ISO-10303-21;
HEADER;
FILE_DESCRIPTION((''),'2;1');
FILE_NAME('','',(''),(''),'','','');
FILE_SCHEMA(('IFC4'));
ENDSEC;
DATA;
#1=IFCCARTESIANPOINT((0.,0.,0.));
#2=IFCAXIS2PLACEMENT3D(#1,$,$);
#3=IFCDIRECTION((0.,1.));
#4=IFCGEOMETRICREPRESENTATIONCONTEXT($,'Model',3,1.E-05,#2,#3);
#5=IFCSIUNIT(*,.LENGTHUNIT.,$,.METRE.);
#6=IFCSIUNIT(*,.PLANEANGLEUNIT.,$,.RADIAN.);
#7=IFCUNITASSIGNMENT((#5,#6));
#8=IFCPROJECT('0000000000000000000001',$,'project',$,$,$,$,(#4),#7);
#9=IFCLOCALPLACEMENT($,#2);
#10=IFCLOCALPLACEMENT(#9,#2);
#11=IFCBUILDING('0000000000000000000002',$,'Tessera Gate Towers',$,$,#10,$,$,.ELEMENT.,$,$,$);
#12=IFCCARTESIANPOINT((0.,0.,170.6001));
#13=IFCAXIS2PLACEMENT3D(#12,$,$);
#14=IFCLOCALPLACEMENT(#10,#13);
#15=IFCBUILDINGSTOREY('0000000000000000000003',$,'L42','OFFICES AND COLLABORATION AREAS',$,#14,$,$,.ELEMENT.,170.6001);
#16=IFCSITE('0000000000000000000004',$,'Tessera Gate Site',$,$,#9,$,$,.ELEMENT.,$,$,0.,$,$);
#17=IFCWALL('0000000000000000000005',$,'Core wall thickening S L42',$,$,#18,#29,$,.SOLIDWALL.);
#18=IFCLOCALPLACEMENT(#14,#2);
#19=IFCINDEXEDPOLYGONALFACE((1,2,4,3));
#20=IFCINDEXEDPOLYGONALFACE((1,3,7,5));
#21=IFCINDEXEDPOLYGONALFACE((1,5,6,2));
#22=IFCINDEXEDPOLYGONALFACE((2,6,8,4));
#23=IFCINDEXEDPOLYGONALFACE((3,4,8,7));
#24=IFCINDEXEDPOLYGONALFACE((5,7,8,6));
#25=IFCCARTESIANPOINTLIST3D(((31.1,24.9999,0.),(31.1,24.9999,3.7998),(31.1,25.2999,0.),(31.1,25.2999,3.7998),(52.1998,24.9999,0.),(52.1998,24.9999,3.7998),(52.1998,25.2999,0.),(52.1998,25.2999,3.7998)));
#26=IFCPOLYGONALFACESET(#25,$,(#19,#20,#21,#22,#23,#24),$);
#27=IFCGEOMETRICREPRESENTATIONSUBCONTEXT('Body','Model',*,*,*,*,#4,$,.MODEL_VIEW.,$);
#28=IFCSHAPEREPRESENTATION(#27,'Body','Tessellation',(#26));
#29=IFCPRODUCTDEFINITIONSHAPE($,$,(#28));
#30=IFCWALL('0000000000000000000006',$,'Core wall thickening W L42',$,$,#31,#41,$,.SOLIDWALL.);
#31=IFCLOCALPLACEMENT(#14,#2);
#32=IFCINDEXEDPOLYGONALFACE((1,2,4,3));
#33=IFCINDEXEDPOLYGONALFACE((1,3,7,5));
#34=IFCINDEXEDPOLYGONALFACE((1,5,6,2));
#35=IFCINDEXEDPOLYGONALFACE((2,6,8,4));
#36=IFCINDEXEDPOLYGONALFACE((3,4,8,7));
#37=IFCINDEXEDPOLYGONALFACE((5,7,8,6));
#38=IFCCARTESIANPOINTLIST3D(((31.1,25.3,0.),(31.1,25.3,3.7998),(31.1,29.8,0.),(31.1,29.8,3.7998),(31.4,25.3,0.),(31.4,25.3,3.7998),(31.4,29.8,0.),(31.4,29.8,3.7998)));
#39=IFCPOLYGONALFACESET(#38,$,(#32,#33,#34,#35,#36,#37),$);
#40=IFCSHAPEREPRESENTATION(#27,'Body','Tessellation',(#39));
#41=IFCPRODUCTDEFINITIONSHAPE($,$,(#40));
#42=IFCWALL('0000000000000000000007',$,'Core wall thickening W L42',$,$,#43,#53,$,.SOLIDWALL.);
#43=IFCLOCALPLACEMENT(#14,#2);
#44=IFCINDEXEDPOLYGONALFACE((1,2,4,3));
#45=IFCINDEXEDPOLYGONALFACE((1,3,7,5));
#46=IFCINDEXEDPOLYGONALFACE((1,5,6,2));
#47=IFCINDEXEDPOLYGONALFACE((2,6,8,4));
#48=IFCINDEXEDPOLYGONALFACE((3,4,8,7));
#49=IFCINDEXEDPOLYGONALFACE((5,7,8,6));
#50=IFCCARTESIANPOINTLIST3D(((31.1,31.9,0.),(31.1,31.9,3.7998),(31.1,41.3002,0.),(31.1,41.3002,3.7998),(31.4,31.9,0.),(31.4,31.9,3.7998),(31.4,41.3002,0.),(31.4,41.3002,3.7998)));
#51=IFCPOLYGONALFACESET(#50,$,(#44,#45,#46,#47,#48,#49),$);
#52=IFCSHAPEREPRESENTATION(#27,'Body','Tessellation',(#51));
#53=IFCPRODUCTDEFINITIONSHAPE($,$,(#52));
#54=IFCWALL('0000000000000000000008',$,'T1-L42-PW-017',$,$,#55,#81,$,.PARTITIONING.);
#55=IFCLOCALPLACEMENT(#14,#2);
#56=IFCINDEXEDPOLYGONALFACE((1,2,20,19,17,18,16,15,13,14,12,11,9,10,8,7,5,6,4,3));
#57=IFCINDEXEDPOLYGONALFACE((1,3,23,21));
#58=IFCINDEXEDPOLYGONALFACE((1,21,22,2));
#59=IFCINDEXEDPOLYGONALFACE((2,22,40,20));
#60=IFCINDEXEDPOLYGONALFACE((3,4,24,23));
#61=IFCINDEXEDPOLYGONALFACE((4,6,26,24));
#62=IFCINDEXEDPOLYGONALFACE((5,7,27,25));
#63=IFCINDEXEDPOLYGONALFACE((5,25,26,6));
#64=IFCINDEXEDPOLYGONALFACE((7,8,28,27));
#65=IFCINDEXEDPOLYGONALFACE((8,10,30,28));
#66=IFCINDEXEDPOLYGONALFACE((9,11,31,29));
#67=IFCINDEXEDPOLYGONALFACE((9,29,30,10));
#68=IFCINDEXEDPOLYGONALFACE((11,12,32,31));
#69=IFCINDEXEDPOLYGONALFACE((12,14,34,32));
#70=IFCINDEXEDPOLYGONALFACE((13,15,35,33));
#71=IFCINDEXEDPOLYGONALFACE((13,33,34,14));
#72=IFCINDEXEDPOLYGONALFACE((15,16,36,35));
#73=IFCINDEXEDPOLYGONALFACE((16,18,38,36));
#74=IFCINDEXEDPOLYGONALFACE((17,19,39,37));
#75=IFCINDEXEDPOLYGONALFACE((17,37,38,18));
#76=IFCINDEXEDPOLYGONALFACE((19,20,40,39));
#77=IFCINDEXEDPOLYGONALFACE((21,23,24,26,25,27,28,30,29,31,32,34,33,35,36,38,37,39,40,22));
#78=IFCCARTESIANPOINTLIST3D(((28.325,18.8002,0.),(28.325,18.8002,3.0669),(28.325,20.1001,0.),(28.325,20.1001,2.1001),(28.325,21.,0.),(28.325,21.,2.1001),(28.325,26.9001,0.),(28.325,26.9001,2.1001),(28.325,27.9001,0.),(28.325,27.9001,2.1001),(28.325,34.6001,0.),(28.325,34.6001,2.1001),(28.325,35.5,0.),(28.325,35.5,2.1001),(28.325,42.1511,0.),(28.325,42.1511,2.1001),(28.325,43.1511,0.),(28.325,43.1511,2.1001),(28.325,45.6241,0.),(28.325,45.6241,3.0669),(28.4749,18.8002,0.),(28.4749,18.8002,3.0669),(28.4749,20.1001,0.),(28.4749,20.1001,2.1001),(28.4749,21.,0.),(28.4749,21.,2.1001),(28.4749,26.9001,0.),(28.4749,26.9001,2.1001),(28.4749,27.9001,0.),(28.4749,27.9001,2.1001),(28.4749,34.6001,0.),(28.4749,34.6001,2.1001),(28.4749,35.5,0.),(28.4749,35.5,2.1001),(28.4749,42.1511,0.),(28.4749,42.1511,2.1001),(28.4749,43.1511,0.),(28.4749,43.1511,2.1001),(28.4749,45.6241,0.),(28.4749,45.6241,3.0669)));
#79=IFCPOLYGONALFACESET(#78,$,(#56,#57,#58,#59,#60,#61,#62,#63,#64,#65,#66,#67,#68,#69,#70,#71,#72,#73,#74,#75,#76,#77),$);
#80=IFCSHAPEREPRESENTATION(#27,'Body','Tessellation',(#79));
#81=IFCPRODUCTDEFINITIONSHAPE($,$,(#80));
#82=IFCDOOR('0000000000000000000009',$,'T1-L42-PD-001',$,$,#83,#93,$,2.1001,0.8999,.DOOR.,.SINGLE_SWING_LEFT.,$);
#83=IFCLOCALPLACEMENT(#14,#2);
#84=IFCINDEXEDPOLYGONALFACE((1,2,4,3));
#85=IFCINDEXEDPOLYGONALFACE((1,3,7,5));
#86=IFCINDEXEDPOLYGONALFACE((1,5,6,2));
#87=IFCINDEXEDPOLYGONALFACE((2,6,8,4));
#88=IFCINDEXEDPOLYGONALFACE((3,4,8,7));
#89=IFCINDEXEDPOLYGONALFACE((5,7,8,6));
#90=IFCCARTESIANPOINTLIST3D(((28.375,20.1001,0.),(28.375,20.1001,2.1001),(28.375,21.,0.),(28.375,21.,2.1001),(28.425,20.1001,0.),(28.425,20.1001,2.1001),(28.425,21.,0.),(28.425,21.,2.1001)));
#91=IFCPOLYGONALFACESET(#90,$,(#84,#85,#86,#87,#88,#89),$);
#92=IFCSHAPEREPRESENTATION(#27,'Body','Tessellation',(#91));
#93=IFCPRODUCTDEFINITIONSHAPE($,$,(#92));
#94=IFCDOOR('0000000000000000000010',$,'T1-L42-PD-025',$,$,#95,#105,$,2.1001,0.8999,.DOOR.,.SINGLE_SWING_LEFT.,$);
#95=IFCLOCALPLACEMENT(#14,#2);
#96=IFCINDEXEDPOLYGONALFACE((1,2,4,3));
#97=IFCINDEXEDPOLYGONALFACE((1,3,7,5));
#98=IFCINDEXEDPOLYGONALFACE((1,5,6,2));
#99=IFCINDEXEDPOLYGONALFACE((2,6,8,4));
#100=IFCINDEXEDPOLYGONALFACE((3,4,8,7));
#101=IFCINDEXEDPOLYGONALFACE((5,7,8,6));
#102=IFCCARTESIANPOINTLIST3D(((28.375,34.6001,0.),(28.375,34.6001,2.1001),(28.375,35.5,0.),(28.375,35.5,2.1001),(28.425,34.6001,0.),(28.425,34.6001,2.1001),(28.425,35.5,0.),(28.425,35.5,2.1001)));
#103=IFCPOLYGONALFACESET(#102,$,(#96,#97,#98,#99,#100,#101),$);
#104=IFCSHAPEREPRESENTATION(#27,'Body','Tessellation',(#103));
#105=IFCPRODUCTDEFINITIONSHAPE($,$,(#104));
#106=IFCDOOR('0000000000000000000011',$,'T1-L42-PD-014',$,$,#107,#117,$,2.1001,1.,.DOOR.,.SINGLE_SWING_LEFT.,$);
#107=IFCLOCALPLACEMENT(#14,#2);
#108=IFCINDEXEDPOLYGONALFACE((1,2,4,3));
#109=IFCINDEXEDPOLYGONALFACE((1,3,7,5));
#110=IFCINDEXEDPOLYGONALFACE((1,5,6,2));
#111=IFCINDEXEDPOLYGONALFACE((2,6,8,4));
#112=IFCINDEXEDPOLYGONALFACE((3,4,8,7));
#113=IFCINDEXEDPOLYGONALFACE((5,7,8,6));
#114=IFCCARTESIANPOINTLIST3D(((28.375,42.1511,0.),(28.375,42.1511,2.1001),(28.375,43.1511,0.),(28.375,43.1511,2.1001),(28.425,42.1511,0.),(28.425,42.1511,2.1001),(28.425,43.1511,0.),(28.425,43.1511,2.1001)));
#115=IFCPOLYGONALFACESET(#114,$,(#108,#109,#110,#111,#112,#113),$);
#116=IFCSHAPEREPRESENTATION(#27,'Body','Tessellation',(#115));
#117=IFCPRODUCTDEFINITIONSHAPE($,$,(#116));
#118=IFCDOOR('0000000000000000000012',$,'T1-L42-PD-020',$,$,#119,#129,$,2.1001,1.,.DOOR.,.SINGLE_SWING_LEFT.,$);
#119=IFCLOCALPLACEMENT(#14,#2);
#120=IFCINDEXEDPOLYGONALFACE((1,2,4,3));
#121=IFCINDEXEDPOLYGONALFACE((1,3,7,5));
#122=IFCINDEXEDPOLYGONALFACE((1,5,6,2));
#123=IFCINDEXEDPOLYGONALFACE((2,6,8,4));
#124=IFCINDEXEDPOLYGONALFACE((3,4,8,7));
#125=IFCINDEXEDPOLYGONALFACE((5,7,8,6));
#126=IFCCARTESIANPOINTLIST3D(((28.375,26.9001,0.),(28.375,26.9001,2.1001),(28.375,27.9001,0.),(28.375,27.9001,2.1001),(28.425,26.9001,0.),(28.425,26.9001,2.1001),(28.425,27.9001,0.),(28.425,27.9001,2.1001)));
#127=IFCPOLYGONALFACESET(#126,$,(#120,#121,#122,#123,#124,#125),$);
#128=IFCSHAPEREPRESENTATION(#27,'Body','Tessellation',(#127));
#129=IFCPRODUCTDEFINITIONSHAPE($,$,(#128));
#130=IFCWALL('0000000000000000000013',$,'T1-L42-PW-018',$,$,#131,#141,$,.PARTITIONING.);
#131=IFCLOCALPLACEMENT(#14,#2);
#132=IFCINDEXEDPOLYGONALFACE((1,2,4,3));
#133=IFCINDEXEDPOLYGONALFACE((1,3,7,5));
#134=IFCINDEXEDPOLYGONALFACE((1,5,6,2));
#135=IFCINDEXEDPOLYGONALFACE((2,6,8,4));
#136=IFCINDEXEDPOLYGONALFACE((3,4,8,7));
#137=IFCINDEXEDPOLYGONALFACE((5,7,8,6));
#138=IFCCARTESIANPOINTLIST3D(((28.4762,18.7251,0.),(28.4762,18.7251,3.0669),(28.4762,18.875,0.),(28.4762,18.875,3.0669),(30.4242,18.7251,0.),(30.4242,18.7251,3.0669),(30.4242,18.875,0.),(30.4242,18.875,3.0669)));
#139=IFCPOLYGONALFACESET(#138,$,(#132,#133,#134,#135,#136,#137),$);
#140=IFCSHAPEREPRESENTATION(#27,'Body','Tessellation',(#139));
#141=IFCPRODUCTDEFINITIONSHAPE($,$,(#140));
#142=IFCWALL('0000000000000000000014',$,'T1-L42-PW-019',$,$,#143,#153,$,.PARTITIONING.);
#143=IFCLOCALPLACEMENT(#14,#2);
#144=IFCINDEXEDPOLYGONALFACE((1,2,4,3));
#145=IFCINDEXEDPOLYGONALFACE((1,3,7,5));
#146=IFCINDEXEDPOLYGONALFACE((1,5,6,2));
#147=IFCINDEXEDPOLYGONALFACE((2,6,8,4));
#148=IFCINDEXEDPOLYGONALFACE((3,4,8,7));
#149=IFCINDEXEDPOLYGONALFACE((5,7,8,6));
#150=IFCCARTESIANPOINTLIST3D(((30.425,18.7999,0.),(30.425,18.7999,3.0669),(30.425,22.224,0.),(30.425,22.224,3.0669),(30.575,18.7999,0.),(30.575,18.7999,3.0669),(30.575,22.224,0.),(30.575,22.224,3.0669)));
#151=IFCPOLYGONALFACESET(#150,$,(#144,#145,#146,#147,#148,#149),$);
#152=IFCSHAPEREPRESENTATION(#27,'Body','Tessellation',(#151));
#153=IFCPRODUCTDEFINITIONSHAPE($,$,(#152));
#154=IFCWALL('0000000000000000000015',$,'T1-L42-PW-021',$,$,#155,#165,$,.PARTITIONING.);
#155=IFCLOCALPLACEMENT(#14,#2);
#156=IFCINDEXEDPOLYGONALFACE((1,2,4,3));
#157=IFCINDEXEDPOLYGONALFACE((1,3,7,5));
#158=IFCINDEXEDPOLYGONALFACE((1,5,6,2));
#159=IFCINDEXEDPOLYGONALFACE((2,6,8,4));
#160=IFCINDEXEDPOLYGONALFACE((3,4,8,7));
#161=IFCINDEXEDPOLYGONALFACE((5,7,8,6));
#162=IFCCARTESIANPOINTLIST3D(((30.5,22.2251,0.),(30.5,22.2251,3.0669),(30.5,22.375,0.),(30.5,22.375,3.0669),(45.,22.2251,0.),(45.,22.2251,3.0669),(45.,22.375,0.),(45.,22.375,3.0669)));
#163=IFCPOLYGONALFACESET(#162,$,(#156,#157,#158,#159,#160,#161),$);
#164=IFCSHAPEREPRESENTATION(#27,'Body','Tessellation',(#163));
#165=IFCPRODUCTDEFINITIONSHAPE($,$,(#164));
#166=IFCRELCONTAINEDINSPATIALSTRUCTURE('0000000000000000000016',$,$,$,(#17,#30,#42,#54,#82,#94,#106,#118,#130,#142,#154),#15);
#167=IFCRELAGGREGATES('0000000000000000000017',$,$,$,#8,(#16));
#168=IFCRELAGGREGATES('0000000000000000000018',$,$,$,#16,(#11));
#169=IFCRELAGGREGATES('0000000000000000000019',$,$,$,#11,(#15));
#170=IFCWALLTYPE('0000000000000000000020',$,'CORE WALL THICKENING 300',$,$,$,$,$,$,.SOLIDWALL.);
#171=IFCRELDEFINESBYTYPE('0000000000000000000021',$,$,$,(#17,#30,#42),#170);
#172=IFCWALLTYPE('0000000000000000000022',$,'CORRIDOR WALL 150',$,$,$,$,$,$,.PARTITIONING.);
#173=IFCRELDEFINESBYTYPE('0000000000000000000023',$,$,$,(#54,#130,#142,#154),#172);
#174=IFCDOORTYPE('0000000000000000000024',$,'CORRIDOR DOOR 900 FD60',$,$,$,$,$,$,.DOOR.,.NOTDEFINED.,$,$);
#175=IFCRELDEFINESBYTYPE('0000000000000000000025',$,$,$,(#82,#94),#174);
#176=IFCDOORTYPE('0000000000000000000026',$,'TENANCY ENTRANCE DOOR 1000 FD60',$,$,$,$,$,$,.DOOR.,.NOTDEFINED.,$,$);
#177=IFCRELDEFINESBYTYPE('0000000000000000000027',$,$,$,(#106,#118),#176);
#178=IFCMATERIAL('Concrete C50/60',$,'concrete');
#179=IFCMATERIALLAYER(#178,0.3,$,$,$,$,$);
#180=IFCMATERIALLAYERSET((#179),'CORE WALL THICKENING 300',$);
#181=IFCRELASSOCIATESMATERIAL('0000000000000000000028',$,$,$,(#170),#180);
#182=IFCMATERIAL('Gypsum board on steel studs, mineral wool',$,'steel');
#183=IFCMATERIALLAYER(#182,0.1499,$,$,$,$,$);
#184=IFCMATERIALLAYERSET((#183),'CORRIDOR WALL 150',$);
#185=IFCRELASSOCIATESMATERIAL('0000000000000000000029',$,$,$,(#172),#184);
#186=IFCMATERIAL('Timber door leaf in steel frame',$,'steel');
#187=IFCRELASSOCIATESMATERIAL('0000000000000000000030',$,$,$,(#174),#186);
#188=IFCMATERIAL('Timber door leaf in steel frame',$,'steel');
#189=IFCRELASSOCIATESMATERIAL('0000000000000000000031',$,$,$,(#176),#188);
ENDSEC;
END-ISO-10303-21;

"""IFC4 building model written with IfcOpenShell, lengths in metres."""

from ifc_helpers import new_model, si_unit, direction, frame, frame_2d, origin, place, context, subcontext, project, spatial, rectangle, extrude, source, transform, mapped, material, layer, layer_set, type_object, element, fill, save


model = new_model("IFC4")

# Units and contexts
model_context = context("Model", 3, precision=1e-05, world=origin(), true_north=direction((0.0, 1.0)))
body_context = subcontext(model_context, "Body", "Model", "MODEL_VIEW")
ifc_project = project(units=[si_unit("LENGTHUNIT", "METRE"), si_unit("PLANEANGLEUNIT", "RADIAN")], contexts=[model_context])

# Site, building, storey
site_placement = place(None, origin())
site = spatial("IfcSite", under=ifc_project, at=site_placement, Name="Tessera Gate Site", CompositionType="ELEMENT", RefElevation=0.0)
building_placement = place(site_placement, origin())
building = spatial("IfcBuilding", under=site, at=building_placement, Name="Tessera Gate Towers", CompositionType="ELEMENT")
storey_placement = place(building_placement, frame((0.0, 0.0, 170.6001)))
storey = spatial("IfcBuildingStorey", under=building, at=storey_placement, Name="L42", Description="OFFICES AND COLLABORATION AREAS", CompositionType="ELEMENT", Elevation=170.6001)

# Shared definitions
shared_shape_1 = source(origin(), body_context, "Body", "SweptSolid", [
    extrude(rectangle(XDim=0.8999, YDim=2.1001, at=frame_2d((0.45, 1.05))), frame((0.0, 0.0249, 0.0), z_axis=(0.0, -1.0, 0.0), x_axis=(1.0, 0.0, 0.0)), (0.0, 0.0, 1.0), 0.05),
])

# Walls
ifc_material_1 = material(Name="Concrete C50/60", Category="concrete")
ifc_layer_1 = layer(ifc_material_1, 0.3)
ifc_layer_set_1 = layer_set([ifc_layer_1], Name="CORE WALL THICKENING 300")
wall_type_1 = type_object("IfcWallType", Name="CORE WALL THICKENING 300", PredefinedType="SOLIDWALL", material=ifc_layer_set_1)
wall_1_placement = place(storey_placement, frame((31.1001, 25.1499, 0.0), z_axis=(0.0, 0.0, 1.0), x_axis=(1.0, 0.0, 0.0)))
element("IfcWall", 1, at=wall_1_placement, inside=storey, type_object=wall_type_1, Name="Core wall thickening S L42", PredefinedType="SOLIDWALL", context=body_context, shape_type="SweptSolid", body=[
    extrude(rectangle(XDim=21.0999, YDim=0.3, at=frame_2d((10.5498, 0.0))), origin(), (0.0, 0.0, 1.0), 3.7998),
])
wall_2_placement = place(storey_placement, frame((31.25, 25.3, 0.0), z_axis=(0.0, 0.0, 1.0), x_axis=(0.0, 1.0, 0.0)))
element("IfcWall", 2, at=wall_2_placement, inside=storey, type_object=wall_type_1, Name="Core wall thickening W L42", PredefinedType="SOLIDWALL", context=body_context, shape_type="SweptSolid", body=[
    extrude(rectangle(XDim=4.5, YDim=0.3, at=frame_2d((2.25, 0.0))), origin(), (0.0, 0.0, 1.0), 3.7998),
])
wall_3_placement = place(storey_placement, frame((31.25, 31.8999, 0.0), z_axis=(0.0, 0.0, 1.0), x_axis=(0.0, 1.0, 0.0)))
element("IfcWall", 3, at=wall_3_placement, inside=storey, type_object=wall_type_1, Name="Core wall thickening W L42", PredefinedType="SOLIDWALL", context=body_context, shape_type="SweptSolid", body=[
    extrude(rectangle(XDim=9.4001, YDim=0.3, at=frame_2d((4.7002, 0.0))), origin(), (0.0, 0.0, 1.0), 3.7998),
])

# Wall, openings, doors
ifc_material_2 = material(Name="Gypsum board on steel studs, mineral wool", Category="steel")
ifc_layer_2 = layer(ifc_material_2, 0.1499)
ifc_layer_set_2 = layer_set([ifc_layer_2], Name="CORRIDOR WALL 150")
wall_type_2 = type_object("IfcWallType", Name="CORRIDOR WALL 150", PredefinedType="PARTITIONING", material=ifc_layer_set_2)
wall_4_placement = place(storey_placement, frame((28.3999, 18.8, 0.0), z_axis=(0.0, 0.0, 1.0), x_axis=(0.0, 1.0, 0.0)))
wall_4 = element("IfcWall", 4, at=wall_4_placement, inside=storey, type_object=wall_type_2, Name="T1-L42-PW-017", PredefinedType="PARTITIONING", context=body_context, shape_type="SweptSolid", body=[
    extrude(rectangle(XDim=26.824, YDim=0.1499, at=frame_2d((13.4121, 0.0))), origin(), (0.0, 0.0, 1.0), 3.0669),
])
shared_shape_2 = source(origin(), body_context, "Body", "SweptSolid", [
    extrude(rectangle(XDim=0.8999, YDim=2.1001, at=frame_2d((0.45, 1.05))), frame((0.0, 0.085, 0.0), z_axis=(0.0, -1.0, 0.0), x_axis=(1.0, 0.0, 0.0)), (0.0, 0.0, 1.0), 0.1699),
])
opening_1_placement = place(wall_4_placement, frame((1.3, 0.0, 0.0)))
opening_1 = element("IfcOpeningElement", 5, at=opening_1_placement, cuts=wall_4, PredefinedType="OPENING", context=body_context, shape_type="MappedRepresentation", body=[
    mapped(shared_shape_2, transform((0.0, 0.0, 0.0), scale=1.0)),
])
shared_shape_3 = source(origin(), body_context, "Body", "SweptSolid", [
    extrude(rectangle(XDim=1.0, YDim=2.1001, at=frame_2d((0.5, 1.05))), frame((0.0, 0.085, 0.0), z_axis=(0.0, -1.0, 0.0), x_axis=(1.0, 0.0, 0.0)), (0.0, 0.0, 1.0), 0.1699),
])
opening_2_placement = place(wall_4_placement, frame((23.3511, 0.0, 0.0)))
opening_2 = element("IfcOpeningElement", 6, at=opening_2_placement, cuts=wall_4, PredefinedType="OPENING", context=body_context, shape_type="MappedRepresentation", body=[
    mapped(shared_shape_3, transform((0.0, 0.0, 0.0), scale=1.0)),
])
opening_3_placement = place(wall_4_placement, frame((8.1001, 0.0, 0.0)))
opening_3 = element("IfcOpeningElement", 7, at=opening_3_placement, cuts=wall_4, PredefinedType="OPENING", context=body_context, shape_type="MappedRepresentation", body=[
    mapped(shared_shape_3, transform((0.0, 0.0, 0.0), scale=1.0)),
])
opening_4_placement = place(wall_4_placement, frame((15.8, 0.0, 0.0)))
opening_4 = element("IfcOpeningElement", 8, at=opening_4_placement, cuts=wall_4, PredefinedType="OPENING", context=body_context, shape_type="MappedRepresentation", body=[
    mapped(shared_shape_2, transform((0.0, 0.0, 0.0), scale=1.0)),
])
ifc_material_3 = material(Name="Timber door leaf in steel frame", Category="steel")
door_type_1 = type_object("IfcDoorType", Name="CORRIDOR DOOR 900 FD60", OperationType="NOTDEFINED", PredefinedType="DOOR", material=ifc_material_3)
door_1_placement = place(opening_1_placement, origin())
door_1 = element("IfcDoor", 9, at=door_1_placement, inside=storey, type_object=door_type_1, Name="T1-L42-PD-001", OperationType="SINGLE_SWING_LEFT", OverallHeight=2.1001, OverallWidth=0.8999, PredefinedType="DOOR", context=body_context, shape_type="MappedRepresentation", body=[
    mapped(shared_shape_1, transform((0.0, 0.0, 0.0), scale=1.0)),
])
fill(opening_1, door_1)
door_2_placement = place(opening_4_placement, origin())
door_2 = element("IfcDoor", 10, at=door_2_placement, inside=storey, type_object=door_type_1, Name="T1-L42-PD-025", OperationType="SINGLE_SWING_LEFT", OverallHeight=2.1001, OverallWidth=0.8999, PredefinedType="DOOR", context=body_context, shape_type="MappedRepresentation", body=[
    mapped(shared_shape_1, transform((0.0, 0.0, 0.0), scale=1.0)),
])
fill(opening_4, door_2)
ifc_material_4 = material(Name="Timber door leaf in steel frame", Category="steel")
door_type_2 = type_object("IfcDoorType", Name="TENANCY ENTRANCE DOOR 1000 FD60", OperationType="NOTDEFINED", PredefinedType="DOOR", material=ifc_material_4)
shared_shape_4 = source(origin(), body_context, "Body", "SweptSolid", [
    extrude(rectangle(XDim=1.0, YDim=2.1001, at=frame_2d((0.5, 1.05))), frame((0.0, 0.0249, 0.0), z_axis=(0.0, -1.0, 0.0), x_axis=(1.0, 0.0, 0.0)), (0.0, 0.0, 1.0), 0.05),
])
door_3_placement = place(opening_2_placement, origin())
door_3 = element("IfcDoor", 11, at=door_3_placement, inside=storey, type_object=door_type_2, Name="T1-L42-PD-014", OperationType="SINGLE_SWING_LEFT", OverallHeight=2.1001, OverallWidth=1.0, PredefinedType="DOOR", context=body_context, shape_type="MappedRepresentation", body=[
    mapped(shared_shape_4, transform((0.0, 0.0, 0.0), scale=1.0)),
])
fill(opening_2, door_3)
door_4_placement = place(opening_3_placement, origin())
door_4 = element("IfcDoor", 12, at=door_4_placement, inside=storey, type_object=door_type_2, Name="T1-L42-PD-020", OperationType="SINGLE_SWING_LEFT", OverallHeight=2.1001, OverallWidth=1.0, PredefinedType="DOOR", context=body_context, shape_type="MappedRepresentation", body=[
    mapped(shared_shape_4, transform((0.0, 0.0, 0.0), scale=1.0)),
])
fill(opening_3, door_4)

# Walls
wall_5_placement = place(storey_placement, frame((28.4761, 18.8, 0.0), z_axis=(0.0, 0.0, 1.0), x_axis=(1.0, 0.0, 0.0)))
element("IfcWall", 13, at=wall_5_placement, inside=storey, type_object=wall_type_2, Name="T1-L42-PW-018", PredefinedType="PARTITIONING", context=body_context, shape_type="SweptSolid", body=[
    extrude(rectangle(XDim=1.948, YDim=0.1499, at=frame_2d((0.9741, 0.0))), origin(), (0.0, 0.0, 1.0), 3.0669),
])
wall_6_placement = place(storey_placement, frame((30.5, 18.8, 0.0), z_axis=(0.0, 0.0, 1.0), x_axis=(0.0, 1.0, 0.0)))
element("IfcWall", 14, at=wall_6_placement, inside=storey, type_object=wall_type_2, Name="T1-L42-PW-019", PredefinedType="PARTITIONING", context=body_context, shape_type="SweptSolid", body=[
    extrude(rectangle(XDim=3.4241, YDim=0.1499, at=frame_2d((1.7119, 0.0))), origin(), (0.0, 0.0, 1.0), 3.0669),
])
wall_7_placement = place(storey_placement, frame((30.5, 22.3, 0.0), z_axis=(0.0, 0.0, 1.0), x_axis=(1.0, 0.0, 0.0)))
element("IfcWall", 15, at=wall_7_placement, inside=storey, type_object=wall_type_2, Name="T1-L42-PW-021", PredefinedType="PARTITIONING", context=body_context, shape_type="SweptSolid", body=[
    extrude(rectangle(XDim=14.5, YDim=0.1499, at=frame_2d((7.25, 0.0))), origin(), (0.0, 0.0, 1.0), 3.0669),
])

save(model, "model.ifc")
